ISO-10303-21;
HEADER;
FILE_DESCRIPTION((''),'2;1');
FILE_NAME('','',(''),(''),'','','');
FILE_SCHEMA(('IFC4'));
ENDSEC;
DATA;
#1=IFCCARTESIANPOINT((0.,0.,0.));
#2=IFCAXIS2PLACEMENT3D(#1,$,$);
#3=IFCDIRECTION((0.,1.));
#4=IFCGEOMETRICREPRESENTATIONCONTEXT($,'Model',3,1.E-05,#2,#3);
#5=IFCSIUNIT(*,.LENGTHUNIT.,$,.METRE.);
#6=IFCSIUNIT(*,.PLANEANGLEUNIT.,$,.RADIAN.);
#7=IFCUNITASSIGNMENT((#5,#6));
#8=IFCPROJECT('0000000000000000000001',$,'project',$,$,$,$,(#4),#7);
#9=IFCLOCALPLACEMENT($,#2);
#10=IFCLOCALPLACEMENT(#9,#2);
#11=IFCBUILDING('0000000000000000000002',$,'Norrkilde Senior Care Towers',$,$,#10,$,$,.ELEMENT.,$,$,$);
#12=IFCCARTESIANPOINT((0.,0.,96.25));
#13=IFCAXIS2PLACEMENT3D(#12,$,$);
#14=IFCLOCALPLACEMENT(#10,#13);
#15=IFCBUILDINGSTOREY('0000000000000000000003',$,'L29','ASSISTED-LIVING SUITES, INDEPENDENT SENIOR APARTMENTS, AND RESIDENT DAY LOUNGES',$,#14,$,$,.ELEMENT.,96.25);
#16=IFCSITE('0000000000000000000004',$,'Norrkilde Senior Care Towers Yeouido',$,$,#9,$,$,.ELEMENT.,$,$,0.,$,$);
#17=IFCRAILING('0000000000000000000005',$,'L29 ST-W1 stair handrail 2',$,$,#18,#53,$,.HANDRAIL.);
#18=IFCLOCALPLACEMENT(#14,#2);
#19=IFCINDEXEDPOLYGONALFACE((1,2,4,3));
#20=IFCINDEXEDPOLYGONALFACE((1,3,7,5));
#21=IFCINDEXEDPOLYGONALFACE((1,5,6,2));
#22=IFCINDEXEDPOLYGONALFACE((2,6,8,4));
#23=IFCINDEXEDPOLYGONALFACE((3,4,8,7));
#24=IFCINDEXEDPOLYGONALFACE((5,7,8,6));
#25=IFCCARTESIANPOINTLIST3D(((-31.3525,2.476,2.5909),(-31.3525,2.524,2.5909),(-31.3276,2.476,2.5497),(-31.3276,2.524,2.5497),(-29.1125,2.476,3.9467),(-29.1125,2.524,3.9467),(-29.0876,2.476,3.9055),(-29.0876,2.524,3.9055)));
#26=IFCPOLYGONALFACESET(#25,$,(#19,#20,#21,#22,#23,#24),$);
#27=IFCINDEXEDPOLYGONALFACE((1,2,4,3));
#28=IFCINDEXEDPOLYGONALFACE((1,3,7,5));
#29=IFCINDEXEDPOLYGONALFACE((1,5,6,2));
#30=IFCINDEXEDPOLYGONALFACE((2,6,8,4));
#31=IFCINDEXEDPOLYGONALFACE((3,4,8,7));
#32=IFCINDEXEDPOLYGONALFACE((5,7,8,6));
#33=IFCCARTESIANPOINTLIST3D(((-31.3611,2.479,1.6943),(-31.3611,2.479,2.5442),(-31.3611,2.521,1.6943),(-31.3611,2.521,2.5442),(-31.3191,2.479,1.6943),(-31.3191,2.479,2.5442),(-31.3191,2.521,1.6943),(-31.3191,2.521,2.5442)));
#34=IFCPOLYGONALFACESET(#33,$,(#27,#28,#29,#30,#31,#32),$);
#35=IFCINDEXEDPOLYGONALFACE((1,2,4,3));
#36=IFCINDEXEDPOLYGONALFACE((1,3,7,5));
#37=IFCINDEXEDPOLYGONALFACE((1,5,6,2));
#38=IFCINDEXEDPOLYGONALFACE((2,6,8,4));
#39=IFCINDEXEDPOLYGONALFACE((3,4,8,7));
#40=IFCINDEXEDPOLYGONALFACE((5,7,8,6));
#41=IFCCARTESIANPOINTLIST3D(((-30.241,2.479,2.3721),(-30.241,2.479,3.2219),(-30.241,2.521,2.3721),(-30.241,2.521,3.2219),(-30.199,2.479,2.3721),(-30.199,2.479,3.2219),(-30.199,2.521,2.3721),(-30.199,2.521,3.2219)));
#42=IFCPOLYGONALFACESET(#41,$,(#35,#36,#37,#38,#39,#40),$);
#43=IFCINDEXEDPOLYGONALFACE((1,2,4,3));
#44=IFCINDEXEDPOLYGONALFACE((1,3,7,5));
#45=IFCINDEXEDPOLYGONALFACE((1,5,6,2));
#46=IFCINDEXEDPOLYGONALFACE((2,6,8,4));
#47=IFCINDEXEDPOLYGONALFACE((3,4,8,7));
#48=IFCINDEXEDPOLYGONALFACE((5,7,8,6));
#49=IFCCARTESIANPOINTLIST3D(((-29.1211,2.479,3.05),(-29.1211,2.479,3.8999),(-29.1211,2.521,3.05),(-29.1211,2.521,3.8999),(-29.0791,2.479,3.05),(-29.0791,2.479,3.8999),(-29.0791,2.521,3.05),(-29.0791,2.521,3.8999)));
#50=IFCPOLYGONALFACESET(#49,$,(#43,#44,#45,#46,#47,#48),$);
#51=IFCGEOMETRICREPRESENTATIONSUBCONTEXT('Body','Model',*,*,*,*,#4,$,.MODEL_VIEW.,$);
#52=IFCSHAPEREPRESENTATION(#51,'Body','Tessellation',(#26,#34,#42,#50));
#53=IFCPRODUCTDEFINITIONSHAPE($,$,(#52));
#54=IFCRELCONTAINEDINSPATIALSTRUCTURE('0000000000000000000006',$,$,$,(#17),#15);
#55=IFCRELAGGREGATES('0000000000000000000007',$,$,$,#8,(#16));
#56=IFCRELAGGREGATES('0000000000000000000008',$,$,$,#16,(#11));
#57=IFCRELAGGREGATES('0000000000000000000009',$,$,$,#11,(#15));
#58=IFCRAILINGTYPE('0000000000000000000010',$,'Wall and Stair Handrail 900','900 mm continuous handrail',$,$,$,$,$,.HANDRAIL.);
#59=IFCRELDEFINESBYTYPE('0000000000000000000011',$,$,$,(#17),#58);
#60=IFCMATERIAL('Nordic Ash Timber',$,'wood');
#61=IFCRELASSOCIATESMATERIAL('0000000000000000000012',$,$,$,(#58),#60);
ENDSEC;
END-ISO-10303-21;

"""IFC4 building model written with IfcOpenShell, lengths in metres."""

from ifc_helpers import new_model, si_unit, direction, frame, origin, origin_2d, place, context, subcontext, project, spatial, rectangle, extrude, material, type_object, element, save


model = new_model("IFC4")

# Units and contexts
model_context = context("Model", 3, precision=1e-05, world=origin(), true_north=direction((0.0, 1.0)))
body_context = subcontext(model_context, "Body", "Model", "MODEL_VIEW")
ifc_project = project(units=[si_unit("LENGTHUNIT", "METRE"), si_unit("PLANEANGLEUNIT", "RADIAN")], contexts=[model_context])

# Site, building, storey
site_placement = place(None, origin())
site = spatial("IfcSite", under=ifc_project, at=site_placement, Name="Norrkilde Senior Care Towers Yeouido", CompositionType="ELEMENT", RefElevation=0.0)
building_placement = place(site_placement, origin())
building = spatial("IfcBuilding", under=site, at=building_placement, Name="Norrkilde Senior Care Towers", CompositionType="ELEMENT")
storey_placement = place(building_placement, frame((0.0, 0.0, 96.25)))
storey = spatial("IfcBuildingStorey", under=building, at=storey_placement, Name="L29", Description="ASSISTED-LIVING SUITES, INDEPENDENT SENIOR APARTMENTS, AND RESIDENT DAY LOUNGES", CompositionType="ELEMENT", Elevation=96.25)

# Railing
ifc_material_1 = material(Name="Nordic Ash Timber", Category="wood")
railing_type_1 = type_object("IfcRailingType", Name="Wall and Stair Handrail 900", Description="900 mm continuous handrail", PredefinedType="HANDRAIL", material=ifc_material_1)
railing_1_placement = place(storey_placement, frame((-31.3401, 2.5, 1.6943)))
element("IfcRailing", 1, at=railing_1_placement, inside=storey, type_object=railing_type_1, Name="L29 ST-W1 stair handrail 2", PredefinedType="HANDRAIL", context=body_context, shape_type="SweptSolid", body=[
    extrude(rectangle(XDim=0.0481, YDim=0.0481, at=origin_2d()), frame((0.0, 0.0, 0.876), z_axis=(0.855512, 0.0, 0.517783), x_axis=(0.0, 1.0, 0.0)), (0.0, 0.0, 1.0), 2.6184),
    extrude(rectangle(XDim=0.042, YDim=0.042, at=origin_2d()), origin(), (0.0, 0.0, 1.0), 0.8499),
    extrude(rectangle(XDim=0.042, YDim=0.042, at=origin_2d()), frame((1.1201, 0.0, 0.6777)), (0.0, 0.0, 1.0), 0.8499),
    extrude(rectangle(XDim=0.042, YDim=0.042, at=origin_2d()), frame((2.24, 0.0, 1.3557)), (0.0, 0.0, 1.0), 0.8499),
])

save(model, "model.ifc")
